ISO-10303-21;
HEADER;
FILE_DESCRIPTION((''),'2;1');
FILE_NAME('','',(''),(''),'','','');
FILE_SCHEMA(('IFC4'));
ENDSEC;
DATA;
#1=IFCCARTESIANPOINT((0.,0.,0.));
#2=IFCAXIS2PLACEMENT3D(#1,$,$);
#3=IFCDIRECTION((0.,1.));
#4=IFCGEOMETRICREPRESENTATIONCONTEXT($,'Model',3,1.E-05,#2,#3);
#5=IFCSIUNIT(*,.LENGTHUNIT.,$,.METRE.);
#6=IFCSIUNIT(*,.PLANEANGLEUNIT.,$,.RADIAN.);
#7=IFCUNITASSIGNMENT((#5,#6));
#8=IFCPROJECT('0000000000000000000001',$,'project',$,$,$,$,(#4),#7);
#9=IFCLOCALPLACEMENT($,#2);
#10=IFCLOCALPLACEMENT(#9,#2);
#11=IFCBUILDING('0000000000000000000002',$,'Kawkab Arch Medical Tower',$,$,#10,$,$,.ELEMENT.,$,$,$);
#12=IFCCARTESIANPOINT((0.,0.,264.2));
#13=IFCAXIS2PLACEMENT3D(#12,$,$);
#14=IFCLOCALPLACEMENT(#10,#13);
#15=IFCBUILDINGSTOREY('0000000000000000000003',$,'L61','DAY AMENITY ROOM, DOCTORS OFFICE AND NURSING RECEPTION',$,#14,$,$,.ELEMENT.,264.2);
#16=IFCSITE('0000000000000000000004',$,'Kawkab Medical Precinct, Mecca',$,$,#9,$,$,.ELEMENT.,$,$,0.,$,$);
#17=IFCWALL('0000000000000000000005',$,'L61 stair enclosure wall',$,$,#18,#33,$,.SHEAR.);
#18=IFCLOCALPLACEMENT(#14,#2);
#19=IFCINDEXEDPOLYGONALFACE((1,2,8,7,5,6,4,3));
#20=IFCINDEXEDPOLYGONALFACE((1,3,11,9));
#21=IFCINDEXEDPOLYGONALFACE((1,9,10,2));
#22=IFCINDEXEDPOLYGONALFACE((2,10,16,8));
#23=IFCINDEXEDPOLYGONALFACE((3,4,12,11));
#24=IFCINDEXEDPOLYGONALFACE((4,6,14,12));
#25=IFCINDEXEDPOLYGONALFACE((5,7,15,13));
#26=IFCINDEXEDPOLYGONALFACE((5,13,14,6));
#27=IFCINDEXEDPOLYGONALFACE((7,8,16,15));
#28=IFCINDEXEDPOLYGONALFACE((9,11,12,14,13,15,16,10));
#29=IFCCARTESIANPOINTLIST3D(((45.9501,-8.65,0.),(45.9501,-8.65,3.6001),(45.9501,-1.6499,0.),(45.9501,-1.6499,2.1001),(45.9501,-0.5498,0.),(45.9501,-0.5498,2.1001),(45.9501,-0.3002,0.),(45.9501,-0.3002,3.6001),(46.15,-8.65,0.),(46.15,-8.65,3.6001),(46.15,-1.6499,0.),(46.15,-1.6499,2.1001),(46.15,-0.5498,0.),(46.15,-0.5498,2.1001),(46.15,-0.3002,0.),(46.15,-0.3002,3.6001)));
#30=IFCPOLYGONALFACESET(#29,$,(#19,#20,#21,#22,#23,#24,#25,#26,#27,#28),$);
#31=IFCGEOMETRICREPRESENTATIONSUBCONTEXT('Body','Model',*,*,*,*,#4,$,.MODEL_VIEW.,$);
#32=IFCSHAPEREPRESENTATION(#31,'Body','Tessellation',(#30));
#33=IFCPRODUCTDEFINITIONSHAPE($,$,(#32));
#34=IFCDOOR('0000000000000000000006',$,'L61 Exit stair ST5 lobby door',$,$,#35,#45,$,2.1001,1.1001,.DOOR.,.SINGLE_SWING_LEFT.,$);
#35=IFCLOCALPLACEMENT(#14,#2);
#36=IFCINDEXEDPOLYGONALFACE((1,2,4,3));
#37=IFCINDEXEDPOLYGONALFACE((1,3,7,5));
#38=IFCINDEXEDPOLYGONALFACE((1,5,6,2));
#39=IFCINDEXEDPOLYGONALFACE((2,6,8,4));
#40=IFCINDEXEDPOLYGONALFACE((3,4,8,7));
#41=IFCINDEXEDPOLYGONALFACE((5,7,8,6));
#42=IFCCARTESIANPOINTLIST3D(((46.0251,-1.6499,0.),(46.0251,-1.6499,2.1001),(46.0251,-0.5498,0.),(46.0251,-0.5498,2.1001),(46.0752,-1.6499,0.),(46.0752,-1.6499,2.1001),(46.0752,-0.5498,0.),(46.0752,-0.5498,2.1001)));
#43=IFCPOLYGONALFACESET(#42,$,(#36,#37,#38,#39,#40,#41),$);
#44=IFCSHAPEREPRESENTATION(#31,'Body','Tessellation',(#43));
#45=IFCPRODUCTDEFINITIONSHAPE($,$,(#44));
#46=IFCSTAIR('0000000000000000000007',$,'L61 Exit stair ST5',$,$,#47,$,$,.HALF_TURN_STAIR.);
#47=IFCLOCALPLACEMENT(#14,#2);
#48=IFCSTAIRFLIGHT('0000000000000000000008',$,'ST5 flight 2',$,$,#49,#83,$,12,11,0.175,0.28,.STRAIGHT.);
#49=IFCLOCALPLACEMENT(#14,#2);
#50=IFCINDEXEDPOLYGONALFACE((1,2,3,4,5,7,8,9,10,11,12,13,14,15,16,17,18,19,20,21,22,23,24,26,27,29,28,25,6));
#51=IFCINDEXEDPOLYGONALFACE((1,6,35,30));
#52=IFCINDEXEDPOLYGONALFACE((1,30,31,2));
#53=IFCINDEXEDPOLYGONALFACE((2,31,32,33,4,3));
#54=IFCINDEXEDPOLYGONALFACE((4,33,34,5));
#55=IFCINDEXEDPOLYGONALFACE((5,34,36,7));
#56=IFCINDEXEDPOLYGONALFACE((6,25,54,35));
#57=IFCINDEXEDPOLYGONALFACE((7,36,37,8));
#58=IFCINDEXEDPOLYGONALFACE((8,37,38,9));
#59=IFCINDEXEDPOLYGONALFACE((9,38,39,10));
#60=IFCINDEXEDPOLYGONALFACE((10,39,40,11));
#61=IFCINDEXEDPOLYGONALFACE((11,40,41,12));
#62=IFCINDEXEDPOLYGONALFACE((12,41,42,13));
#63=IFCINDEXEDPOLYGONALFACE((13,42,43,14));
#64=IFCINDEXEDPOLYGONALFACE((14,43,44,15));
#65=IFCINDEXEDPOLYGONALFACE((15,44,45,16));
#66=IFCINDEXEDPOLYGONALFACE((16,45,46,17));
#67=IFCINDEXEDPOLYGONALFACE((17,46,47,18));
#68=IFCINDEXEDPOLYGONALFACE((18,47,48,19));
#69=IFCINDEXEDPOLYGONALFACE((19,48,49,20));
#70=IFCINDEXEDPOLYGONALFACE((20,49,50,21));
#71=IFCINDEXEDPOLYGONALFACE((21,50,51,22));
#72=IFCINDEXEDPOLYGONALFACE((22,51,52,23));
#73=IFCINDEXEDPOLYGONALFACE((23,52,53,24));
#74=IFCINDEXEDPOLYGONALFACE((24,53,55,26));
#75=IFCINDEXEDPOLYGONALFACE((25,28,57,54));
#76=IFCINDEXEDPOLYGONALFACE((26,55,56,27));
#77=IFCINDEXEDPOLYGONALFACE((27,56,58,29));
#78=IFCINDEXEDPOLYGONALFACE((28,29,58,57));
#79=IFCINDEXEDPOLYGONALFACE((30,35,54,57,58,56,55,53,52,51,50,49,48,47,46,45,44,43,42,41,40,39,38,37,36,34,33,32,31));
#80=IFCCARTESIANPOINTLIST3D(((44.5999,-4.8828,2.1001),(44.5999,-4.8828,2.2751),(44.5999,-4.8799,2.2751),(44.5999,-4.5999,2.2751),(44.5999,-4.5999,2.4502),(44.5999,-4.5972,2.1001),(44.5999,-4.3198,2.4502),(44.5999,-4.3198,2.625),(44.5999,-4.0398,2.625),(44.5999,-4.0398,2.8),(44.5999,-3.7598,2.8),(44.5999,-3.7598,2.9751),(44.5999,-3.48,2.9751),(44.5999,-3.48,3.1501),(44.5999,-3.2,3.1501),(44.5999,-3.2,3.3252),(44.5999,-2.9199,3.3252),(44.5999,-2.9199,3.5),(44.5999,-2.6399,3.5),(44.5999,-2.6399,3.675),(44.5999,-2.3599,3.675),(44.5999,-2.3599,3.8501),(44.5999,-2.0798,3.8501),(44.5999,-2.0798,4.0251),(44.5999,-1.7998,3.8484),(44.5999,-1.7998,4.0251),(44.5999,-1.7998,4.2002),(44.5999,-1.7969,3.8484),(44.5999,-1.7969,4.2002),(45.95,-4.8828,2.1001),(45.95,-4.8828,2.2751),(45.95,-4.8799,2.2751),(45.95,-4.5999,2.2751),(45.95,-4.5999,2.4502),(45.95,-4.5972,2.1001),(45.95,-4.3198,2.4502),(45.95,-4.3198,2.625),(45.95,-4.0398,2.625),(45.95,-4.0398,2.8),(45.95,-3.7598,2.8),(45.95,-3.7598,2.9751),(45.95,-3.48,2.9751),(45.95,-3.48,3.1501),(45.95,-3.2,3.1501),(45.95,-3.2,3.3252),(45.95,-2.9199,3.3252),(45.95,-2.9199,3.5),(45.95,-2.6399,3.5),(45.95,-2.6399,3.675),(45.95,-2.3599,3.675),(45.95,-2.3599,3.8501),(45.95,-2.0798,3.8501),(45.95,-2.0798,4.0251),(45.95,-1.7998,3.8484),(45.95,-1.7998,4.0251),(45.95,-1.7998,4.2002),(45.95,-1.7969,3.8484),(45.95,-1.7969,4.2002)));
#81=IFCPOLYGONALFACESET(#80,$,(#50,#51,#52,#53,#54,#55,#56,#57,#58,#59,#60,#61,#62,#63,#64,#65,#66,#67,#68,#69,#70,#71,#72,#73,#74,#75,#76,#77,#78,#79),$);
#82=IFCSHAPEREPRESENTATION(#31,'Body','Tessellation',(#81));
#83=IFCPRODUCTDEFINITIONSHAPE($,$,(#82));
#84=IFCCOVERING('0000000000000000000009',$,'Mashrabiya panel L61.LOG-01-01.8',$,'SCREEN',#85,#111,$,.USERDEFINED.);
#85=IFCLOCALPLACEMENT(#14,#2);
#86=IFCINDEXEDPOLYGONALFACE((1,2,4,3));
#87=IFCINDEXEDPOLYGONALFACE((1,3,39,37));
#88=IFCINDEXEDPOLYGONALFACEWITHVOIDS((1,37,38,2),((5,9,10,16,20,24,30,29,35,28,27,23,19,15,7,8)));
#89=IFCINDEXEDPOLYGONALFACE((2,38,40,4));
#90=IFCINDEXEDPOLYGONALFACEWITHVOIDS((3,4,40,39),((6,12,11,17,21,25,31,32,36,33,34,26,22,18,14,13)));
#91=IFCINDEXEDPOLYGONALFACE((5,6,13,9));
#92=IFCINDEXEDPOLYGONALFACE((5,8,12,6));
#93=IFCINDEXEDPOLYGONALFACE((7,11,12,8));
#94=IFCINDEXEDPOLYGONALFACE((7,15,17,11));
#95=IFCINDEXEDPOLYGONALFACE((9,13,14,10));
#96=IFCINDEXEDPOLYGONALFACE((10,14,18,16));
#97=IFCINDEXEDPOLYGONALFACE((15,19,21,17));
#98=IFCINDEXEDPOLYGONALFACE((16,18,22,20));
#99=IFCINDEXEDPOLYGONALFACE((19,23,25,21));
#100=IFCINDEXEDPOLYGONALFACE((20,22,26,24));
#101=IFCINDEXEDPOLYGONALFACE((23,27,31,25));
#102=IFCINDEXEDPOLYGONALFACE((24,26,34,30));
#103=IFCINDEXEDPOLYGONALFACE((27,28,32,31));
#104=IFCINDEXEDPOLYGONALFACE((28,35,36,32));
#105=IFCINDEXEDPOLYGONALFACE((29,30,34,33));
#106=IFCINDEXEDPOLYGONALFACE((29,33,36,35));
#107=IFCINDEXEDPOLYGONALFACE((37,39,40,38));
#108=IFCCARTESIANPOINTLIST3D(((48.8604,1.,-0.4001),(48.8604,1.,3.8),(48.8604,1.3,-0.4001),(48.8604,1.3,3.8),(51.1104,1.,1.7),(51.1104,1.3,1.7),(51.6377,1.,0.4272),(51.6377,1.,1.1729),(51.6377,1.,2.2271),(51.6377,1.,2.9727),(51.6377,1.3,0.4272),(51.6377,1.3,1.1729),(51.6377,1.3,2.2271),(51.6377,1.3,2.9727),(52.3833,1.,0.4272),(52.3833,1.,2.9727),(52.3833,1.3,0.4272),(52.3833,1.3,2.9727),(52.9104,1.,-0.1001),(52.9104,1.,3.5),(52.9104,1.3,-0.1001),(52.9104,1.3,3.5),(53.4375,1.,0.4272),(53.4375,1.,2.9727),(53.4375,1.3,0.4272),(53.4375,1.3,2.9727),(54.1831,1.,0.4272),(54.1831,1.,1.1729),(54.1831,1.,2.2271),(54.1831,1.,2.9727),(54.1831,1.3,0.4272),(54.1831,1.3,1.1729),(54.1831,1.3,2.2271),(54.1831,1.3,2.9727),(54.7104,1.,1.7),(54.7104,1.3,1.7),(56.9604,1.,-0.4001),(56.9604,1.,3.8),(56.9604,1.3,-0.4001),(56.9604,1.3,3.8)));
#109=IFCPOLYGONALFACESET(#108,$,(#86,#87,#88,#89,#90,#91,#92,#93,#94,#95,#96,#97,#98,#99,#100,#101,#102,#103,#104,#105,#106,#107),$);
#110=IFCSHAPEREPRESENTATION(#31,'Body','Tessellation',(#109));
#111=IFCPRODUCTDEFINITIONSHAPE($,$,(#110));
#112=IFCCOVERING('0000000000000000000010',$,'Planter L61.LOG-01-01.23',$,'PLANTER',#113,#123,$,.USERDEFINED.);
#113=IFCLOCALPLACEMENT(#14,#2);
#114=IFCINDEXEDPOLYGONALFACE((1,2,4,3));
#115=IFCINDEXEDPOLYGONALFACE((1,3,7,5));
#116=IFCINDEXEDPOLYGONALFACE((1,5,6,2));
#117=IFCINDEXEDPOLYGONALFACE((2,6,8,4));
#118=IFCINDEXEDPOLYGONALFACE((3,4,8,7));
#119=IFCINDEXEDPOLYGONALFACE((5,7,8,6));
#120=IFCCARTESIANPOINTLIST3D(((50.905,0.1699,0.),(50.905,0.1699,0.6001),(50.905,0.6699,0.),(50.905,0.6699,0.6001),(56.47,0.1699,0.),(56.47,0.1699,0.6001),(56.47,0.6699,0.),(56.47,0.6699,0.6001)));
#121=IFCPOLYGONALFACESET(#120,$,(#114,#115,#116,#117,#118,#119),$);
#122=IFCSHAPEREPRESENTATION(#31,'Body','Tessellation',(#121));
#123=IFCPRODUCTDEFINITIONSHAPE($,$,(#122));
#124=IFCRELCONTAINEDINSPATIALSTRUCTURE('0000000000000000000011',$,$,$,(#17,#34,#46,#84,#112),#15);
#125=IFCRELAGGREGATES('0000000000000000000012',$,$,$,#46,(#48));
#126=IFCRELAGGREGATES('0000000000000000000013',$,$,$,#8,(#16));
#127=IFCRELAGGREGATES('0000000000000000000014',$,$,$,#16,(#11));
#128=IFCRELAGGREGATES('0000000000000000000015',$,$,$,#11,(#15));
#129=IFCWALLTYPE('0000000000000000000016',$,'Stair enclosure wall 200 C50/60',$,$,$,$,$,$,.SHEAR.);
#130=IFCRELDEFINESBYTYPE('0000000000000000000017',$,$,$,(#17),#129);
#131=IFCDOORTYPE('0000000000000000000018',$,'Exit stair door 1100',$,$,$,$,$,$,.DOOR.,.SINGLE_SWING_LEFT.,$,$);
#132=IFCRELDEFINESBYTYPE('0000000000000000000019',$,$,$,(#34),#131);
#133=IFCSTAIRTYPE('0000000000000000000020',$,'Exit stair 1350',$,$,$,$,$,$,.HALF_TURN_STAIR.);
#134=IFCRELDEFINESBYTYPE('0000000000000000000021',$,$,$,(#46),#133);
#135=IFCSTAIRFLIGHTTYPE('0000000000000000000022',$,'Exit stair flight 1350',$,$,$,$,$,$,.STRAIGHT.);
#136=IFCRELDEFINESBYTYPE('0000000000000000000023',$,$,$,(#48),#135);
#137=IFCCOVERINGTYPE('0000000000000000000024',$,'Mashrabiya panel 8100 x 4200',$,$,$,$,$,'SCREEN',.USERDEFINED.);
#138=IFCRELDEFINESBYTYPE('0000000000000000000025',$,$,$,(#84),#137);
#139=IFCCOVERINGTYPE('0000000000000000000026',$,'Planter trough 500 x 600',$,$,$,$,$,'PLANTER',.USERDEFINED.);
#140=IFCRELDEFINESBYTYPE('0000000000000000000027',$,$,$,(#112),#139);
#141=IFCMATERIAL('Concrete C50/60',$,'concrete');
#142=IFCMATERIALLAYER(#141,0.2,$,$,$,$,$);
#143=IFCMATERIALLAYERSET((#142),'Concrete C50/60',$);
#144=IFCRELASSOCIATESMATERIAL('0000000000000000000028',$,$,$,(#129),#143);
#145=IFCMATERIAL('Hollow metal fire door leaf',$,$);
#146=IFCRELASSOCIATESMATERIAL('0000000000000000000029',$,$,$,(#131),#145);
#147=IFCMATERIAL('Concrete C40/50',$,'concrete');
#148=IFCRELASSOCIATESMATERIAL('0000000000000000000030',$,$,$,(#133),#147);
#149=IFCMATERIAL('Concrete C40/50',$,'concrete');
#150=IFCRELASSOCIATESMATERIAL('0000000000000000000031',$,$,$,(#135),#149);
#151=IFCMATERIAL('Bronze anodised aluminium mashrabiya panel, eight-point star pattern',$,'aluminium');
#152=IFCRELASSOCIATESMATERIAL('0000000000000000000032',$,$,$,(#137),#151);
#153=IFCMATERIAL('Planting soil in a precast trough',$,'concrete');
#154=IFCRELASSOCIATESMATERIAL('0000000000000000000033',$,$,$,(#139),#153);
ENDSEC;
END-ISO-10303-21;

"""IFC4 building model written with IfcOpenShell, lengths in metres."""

from ifc_helpers import new_model, si_unit, direction, frame, frame_2d, origin, origin_2d, place, context, subcontext, project, spatial, polyline, rectangle, outline, extrude, material, layer, layer_set, material_profile, profile_set, type_object, element, fill, aggregate, save


model = new_model("IFC4")

# Units and contexts
model_context = context("Model", 3, precision=1e-05, world=origin(), true_north=direction((0.0, 1.0)))
body_context = subcontext(model_context, "Body", "Model", "MODEL_VIEW")
ifc_project = project(units=[si_unit("LENGTHUNIT", "METRE"), si_unit("PLANEANGLEUNIT", "RADIAN")], contexts=[model_context])

# Site, building, storey
site_placement = place(None, origin())
site = spatial("IfcSite", under=ifc_project, at=site_placement, Name="Kawkab Medical Precinct, Mecca", CompositionType="ELEMENT", RefElevation=0.0)
building_placement = place(site_placement, origin())
building = spatial("IfcBuilding", under=site, at=building_placement, Name="Kawkab Arch Medical Tower", CompositionType="ELEMENT")
storey_placement = place(building_placement, frame((0.0, 0.0, 264.2)))
storey = spatial("IfcBuildingStorey", under=building, at=storey_placement, Name="L61", Description="DAY AMENITY ROOM, DOCTORS OFFICE AND NURSING RECEPTION", CompositionType="ELEMENT", Elevation=264.2)

# Shared definitions
placement = place(storey_placement, origin())

# Wall, opening, door
ifc_material_1 = material(Name="Concrete C50/60", Category="concrete")
ifc_layer_1 = layer(ifc_material_1, 0.2)
ifc_layer_set_1 = layer_set([ifc_layer_1], Name="Concrete C50/60")
wall_type_1 = type_object("IfcWallType", Name="Stair enclosure wall 200 C50/60", PredefinedType="SHEAR", material=ifc_layer_set_1)
wall_1_placement = place(storey_placement, frame((46.05, -8.6499, 0.0), z_axis=(0.0, 0.0, 1.0), x_axis=(0.0, 1.0, 0.0)))
wall_1 = element("IfcWall", 1, at=wall_1_placement, inside=storey, type_object=wall_type_1, Name="L61 stair enclosure wall", PredefinedType="SHEAR", context=body_context, shape_type="SweptSolid", body=[
    extrude(rectangle(XDim=8.3499, YDim=0.2, at=frame_2d((4.1748, 0.0))), origin(), (0.0, 0.0, 1.0), 3.6001),
])
opening_1_placement = place(wall_1_placement, frame((7.0, 0.0, 0.0)))
opening_1 = element("IfcOpeningElement", 2, at=opening_1_placement, cuts=wall_1, PredefinedType="OPENING", context=body_context, shape_type="SweptSolid", body=[
    extrude(rectangle(XDim=1.1001, YDim=2.1001, at=frame_2d((0.55, 1.05))), frame((0.0, 0.1099, 0.0), z_axis=(0.0, -1.0, 0.0), x_axis=(1.0, 0.0, 0.0)), (0.0, 0.0, 1.0), 0.22),
])
ifc_material_2 = material(Name="Hollow metal fire door leaf")
door_type_1 = type_object("IfcDoorType", Name="Exit stair door 1100", OperationType="SINGLE_SWING_LEFT", PredefinedType="DOOR", material=ifc_material_2)
door_1_placement = place(opening_1_placement, origin())
door_1 = element("IfcDoor", 3, at=door_1_placement, inside=storey, type_object=door_type_1, Name="L61 Exit stair ST5 lobby door", OperationType="SINGLE_SWING_LEFT", OverallHeight=2.1001, OverallWidth=1.1001, PredefinedType="DOOR", context=body_context, shape_type="SweptSolid", body=[
    extrude(rectangle(XDim=1.1001, YDim=2.1001, at=frame_2d((0.55, 1.05))), frame((0.0, 0.0249, 0.0), z_axis=(0.0, -1.0, 0.0), x_axis=(1.0, 0.0, 0.0)), (0.0, 0.0, 1.0), 0.05),
])
fill(opening_1, door_1)

# Stair, stair flight
ifc_material_3 = material(Name="Concrete C40/50", Category="concrete")
stair_type = type_object("IfcStairType", Name="Exit stair 1350", PredefinedType="HALF_TURN_STAIR", material=ifc_material_3)
stair = element("IfcStair", 4, at=placement, inside=storey, type_object=stair_type, Name="L61 Exit stair ST5", PredefinedType="HALF_TURN_STAIR")
ifc_material_4 = material(Name="Concrete C40/50", Category="concrete")
stair_flight_type = type_object("IfcStairFlightType", Name="Exit stair flight 1350", PredefinedType="STRAIGHT", material=ifc_material_4)
stair_flight_placement = place(storey_placement, frame((45.2749, -4.8799, 2.1001), z_axis=(0.0, 0.0, 1.0), x_axis=(0.0, 1.0, 0.0)))
stair_flight = element("IfcStairFlight", 5, at=stair_flight_placement, type_object=stair_flight_type, Name="ST5 flight 2", NumberOfRisers=12, NumberOfTreads=11, PredefinedType="STRAIGHT", RiserHeight=0.175, TreadLength=0.28, context=body_context, shape_type="SweptSolid", body=[
    extrude(outline(polyline([(-0.0029, 0.0), (-0.0029, 0.175), (0.0, 0.175), (0.28, 0.175), (0.28, 0.3501), (0.5601, 0.3501), (0.5601, 0.5249), (0.8401, 0.5249), (0.8401, 0.7), (1.1201, 0.7), (1.1201, 0.875), (1.3999, 0.875), (1.3999, 1.05), (1.6799, 1.05), (1.6799, 1.2251), (1.96, 1.2251), (1.96, 1.3999), (2.24, 1.3999), (2.24, 1.575), (2.52, 1.575), (2.52, 1.75), (2.8, 1.75), (2.8, 1.925), (3.0801, 1.925), (3.0801, 2.1001), (3.083, 2.1001), (3.083, 1.7483), (3.0801, 1.7483), (0.2827, 0.0), (-0.0029, 0.0)])), frame((0.0, 0.675, 0.0), z_axis=(0.0, -1.0, 0.0), x_axis=(1.0, 0.0, 0.0)), (0.0, 0.0, 1.0), 1.3501),
])
aggregate(stair, [stair_flight])

# Coverings
ifc_material_5 = material(Name="Bronze anodised aluminium mashrabiya panel, eight-point star pattern", Category="aluminium")
ifc_material_profile_1 = material_profile(ifc_material_5, outline(polyline([(-4.05, -2.1001), (4.05, -2.1001), (4.05, 2.1001), (-4.05, 2.1001), (-4.05, -2.1001)]), holes=[polyline([(1.8, 0.0), (1.2727, 0.5271), (1.2727, 1.2727), (0.5271, 1.2727), (0.0, 1.8), (-0.5271, 1.2727), (-1.2727, 1.2727), (-1.2727, 0.5271), (-1.8, 0.0), (-1.2727, -0.5271), (-1.2727, -1.2727), (-0.5271, -1.2727), (0.0, -1.8), (0.5271, -1.2727), (1.2727, -1.2727), (1.2727, -0.5271), (1.8, 0.0)])]), Name="Mashrabiya panel 8100x4200")
ifc_profile_set_1 = profile_set([ifc_material_profile_1], Name="Bronze anodised aluminium mashrabiya panel, eight-point star pattern")
covering_type_1 = type_object("IfcCoveringType", Name="Mashrabiya panel 8100 x 4200", ElementType="SCREEN", PredefinedType="USERDEFINED", material=ifc_profile_set_1)
covering_1_placement = place(storey_placement, frame((52.9104, 1.0, 1.7), z_axis=(0.0, 1.0, 0.0), x_axis=(-1.0, 0.0, 0.0)))
element("IfcCovering", 6, at=covering_1_placement, inside=storey, type_object=covering_type_1, Name="Mashrabiya panel L61.LOG-01-01.8", ObjectType="SCREEN", PredefinedType="USERDEFINED", context=body_context, shape_type="SweptSolid", body=[
    extrude(outline(polyline([(-4.05, -2.1001), (4.05, -2.1001), (4.05, 2.1001), (-4.05, 2.1001), (-4.05, -2.1001)]), holes=[polyline([(1.8, 0.0), (1.2727, 0.5271), (1.2727, 1.2727), (0.5271, 1.2727), (0.0, 1.8), (-0.5271, 1.2727), (-1.2727, 1.2727), (-1.2727, 0.5271), (-1.8, 0.0), (-1.2727, -0.5271), (-1.2727, -1.2727), (-0.5271, -1.2727), (0.0, -1.8), (0.5271, -1.2727), (1.2727, -1.2727), (1.2727, -0.5271), (1.8, 0.0)])]), origin(), (0.0, 0.0, 1.0), 0.3),
])
ifc_material_6 = material(Name="Planting soil in a precast trough", Category="concrete")
ifc_material_profile_2 = material_profile(ifc_material_6, rectangle(XDim=0.5, YDim=0.6001, at=origin_2d()), Name="Trough 500x600")
ifc_profile_set_2 = profile_set([ifc_material_profile_2], Name="Planting soil in a precast trough")
covering_type_2 = type_object("IfcCoveringType", Name="Planter trough 500 x 600", ElementType="PLANTER", PredefinedType="USERDEFINED", material=ifc_profile_set_2)
covering_2_placement = place(storey_placement, frame((50.905, 0.4199, 0.3), z_axis=(1.0, 0.0, 0.0), x_axis=(0.0, 1.0, 0.0)))
element("IfcCovering", 7, at=covering_2_placement, inside=storey, type_object=covering_type_2, Name="Planter L61.LOG-01-01.23", ObjectType="PLANTER", PredefinedType="USERDEFINED", context=body_context, shape_type="SweptSolid", body=[
    extrude(rectangle(XDim=0.5, YDim=0.6001, at=origin_2d()), origin(), (0.0, 0.0, 1.0), 5.5649),
])

save(model, "model.ifc")
